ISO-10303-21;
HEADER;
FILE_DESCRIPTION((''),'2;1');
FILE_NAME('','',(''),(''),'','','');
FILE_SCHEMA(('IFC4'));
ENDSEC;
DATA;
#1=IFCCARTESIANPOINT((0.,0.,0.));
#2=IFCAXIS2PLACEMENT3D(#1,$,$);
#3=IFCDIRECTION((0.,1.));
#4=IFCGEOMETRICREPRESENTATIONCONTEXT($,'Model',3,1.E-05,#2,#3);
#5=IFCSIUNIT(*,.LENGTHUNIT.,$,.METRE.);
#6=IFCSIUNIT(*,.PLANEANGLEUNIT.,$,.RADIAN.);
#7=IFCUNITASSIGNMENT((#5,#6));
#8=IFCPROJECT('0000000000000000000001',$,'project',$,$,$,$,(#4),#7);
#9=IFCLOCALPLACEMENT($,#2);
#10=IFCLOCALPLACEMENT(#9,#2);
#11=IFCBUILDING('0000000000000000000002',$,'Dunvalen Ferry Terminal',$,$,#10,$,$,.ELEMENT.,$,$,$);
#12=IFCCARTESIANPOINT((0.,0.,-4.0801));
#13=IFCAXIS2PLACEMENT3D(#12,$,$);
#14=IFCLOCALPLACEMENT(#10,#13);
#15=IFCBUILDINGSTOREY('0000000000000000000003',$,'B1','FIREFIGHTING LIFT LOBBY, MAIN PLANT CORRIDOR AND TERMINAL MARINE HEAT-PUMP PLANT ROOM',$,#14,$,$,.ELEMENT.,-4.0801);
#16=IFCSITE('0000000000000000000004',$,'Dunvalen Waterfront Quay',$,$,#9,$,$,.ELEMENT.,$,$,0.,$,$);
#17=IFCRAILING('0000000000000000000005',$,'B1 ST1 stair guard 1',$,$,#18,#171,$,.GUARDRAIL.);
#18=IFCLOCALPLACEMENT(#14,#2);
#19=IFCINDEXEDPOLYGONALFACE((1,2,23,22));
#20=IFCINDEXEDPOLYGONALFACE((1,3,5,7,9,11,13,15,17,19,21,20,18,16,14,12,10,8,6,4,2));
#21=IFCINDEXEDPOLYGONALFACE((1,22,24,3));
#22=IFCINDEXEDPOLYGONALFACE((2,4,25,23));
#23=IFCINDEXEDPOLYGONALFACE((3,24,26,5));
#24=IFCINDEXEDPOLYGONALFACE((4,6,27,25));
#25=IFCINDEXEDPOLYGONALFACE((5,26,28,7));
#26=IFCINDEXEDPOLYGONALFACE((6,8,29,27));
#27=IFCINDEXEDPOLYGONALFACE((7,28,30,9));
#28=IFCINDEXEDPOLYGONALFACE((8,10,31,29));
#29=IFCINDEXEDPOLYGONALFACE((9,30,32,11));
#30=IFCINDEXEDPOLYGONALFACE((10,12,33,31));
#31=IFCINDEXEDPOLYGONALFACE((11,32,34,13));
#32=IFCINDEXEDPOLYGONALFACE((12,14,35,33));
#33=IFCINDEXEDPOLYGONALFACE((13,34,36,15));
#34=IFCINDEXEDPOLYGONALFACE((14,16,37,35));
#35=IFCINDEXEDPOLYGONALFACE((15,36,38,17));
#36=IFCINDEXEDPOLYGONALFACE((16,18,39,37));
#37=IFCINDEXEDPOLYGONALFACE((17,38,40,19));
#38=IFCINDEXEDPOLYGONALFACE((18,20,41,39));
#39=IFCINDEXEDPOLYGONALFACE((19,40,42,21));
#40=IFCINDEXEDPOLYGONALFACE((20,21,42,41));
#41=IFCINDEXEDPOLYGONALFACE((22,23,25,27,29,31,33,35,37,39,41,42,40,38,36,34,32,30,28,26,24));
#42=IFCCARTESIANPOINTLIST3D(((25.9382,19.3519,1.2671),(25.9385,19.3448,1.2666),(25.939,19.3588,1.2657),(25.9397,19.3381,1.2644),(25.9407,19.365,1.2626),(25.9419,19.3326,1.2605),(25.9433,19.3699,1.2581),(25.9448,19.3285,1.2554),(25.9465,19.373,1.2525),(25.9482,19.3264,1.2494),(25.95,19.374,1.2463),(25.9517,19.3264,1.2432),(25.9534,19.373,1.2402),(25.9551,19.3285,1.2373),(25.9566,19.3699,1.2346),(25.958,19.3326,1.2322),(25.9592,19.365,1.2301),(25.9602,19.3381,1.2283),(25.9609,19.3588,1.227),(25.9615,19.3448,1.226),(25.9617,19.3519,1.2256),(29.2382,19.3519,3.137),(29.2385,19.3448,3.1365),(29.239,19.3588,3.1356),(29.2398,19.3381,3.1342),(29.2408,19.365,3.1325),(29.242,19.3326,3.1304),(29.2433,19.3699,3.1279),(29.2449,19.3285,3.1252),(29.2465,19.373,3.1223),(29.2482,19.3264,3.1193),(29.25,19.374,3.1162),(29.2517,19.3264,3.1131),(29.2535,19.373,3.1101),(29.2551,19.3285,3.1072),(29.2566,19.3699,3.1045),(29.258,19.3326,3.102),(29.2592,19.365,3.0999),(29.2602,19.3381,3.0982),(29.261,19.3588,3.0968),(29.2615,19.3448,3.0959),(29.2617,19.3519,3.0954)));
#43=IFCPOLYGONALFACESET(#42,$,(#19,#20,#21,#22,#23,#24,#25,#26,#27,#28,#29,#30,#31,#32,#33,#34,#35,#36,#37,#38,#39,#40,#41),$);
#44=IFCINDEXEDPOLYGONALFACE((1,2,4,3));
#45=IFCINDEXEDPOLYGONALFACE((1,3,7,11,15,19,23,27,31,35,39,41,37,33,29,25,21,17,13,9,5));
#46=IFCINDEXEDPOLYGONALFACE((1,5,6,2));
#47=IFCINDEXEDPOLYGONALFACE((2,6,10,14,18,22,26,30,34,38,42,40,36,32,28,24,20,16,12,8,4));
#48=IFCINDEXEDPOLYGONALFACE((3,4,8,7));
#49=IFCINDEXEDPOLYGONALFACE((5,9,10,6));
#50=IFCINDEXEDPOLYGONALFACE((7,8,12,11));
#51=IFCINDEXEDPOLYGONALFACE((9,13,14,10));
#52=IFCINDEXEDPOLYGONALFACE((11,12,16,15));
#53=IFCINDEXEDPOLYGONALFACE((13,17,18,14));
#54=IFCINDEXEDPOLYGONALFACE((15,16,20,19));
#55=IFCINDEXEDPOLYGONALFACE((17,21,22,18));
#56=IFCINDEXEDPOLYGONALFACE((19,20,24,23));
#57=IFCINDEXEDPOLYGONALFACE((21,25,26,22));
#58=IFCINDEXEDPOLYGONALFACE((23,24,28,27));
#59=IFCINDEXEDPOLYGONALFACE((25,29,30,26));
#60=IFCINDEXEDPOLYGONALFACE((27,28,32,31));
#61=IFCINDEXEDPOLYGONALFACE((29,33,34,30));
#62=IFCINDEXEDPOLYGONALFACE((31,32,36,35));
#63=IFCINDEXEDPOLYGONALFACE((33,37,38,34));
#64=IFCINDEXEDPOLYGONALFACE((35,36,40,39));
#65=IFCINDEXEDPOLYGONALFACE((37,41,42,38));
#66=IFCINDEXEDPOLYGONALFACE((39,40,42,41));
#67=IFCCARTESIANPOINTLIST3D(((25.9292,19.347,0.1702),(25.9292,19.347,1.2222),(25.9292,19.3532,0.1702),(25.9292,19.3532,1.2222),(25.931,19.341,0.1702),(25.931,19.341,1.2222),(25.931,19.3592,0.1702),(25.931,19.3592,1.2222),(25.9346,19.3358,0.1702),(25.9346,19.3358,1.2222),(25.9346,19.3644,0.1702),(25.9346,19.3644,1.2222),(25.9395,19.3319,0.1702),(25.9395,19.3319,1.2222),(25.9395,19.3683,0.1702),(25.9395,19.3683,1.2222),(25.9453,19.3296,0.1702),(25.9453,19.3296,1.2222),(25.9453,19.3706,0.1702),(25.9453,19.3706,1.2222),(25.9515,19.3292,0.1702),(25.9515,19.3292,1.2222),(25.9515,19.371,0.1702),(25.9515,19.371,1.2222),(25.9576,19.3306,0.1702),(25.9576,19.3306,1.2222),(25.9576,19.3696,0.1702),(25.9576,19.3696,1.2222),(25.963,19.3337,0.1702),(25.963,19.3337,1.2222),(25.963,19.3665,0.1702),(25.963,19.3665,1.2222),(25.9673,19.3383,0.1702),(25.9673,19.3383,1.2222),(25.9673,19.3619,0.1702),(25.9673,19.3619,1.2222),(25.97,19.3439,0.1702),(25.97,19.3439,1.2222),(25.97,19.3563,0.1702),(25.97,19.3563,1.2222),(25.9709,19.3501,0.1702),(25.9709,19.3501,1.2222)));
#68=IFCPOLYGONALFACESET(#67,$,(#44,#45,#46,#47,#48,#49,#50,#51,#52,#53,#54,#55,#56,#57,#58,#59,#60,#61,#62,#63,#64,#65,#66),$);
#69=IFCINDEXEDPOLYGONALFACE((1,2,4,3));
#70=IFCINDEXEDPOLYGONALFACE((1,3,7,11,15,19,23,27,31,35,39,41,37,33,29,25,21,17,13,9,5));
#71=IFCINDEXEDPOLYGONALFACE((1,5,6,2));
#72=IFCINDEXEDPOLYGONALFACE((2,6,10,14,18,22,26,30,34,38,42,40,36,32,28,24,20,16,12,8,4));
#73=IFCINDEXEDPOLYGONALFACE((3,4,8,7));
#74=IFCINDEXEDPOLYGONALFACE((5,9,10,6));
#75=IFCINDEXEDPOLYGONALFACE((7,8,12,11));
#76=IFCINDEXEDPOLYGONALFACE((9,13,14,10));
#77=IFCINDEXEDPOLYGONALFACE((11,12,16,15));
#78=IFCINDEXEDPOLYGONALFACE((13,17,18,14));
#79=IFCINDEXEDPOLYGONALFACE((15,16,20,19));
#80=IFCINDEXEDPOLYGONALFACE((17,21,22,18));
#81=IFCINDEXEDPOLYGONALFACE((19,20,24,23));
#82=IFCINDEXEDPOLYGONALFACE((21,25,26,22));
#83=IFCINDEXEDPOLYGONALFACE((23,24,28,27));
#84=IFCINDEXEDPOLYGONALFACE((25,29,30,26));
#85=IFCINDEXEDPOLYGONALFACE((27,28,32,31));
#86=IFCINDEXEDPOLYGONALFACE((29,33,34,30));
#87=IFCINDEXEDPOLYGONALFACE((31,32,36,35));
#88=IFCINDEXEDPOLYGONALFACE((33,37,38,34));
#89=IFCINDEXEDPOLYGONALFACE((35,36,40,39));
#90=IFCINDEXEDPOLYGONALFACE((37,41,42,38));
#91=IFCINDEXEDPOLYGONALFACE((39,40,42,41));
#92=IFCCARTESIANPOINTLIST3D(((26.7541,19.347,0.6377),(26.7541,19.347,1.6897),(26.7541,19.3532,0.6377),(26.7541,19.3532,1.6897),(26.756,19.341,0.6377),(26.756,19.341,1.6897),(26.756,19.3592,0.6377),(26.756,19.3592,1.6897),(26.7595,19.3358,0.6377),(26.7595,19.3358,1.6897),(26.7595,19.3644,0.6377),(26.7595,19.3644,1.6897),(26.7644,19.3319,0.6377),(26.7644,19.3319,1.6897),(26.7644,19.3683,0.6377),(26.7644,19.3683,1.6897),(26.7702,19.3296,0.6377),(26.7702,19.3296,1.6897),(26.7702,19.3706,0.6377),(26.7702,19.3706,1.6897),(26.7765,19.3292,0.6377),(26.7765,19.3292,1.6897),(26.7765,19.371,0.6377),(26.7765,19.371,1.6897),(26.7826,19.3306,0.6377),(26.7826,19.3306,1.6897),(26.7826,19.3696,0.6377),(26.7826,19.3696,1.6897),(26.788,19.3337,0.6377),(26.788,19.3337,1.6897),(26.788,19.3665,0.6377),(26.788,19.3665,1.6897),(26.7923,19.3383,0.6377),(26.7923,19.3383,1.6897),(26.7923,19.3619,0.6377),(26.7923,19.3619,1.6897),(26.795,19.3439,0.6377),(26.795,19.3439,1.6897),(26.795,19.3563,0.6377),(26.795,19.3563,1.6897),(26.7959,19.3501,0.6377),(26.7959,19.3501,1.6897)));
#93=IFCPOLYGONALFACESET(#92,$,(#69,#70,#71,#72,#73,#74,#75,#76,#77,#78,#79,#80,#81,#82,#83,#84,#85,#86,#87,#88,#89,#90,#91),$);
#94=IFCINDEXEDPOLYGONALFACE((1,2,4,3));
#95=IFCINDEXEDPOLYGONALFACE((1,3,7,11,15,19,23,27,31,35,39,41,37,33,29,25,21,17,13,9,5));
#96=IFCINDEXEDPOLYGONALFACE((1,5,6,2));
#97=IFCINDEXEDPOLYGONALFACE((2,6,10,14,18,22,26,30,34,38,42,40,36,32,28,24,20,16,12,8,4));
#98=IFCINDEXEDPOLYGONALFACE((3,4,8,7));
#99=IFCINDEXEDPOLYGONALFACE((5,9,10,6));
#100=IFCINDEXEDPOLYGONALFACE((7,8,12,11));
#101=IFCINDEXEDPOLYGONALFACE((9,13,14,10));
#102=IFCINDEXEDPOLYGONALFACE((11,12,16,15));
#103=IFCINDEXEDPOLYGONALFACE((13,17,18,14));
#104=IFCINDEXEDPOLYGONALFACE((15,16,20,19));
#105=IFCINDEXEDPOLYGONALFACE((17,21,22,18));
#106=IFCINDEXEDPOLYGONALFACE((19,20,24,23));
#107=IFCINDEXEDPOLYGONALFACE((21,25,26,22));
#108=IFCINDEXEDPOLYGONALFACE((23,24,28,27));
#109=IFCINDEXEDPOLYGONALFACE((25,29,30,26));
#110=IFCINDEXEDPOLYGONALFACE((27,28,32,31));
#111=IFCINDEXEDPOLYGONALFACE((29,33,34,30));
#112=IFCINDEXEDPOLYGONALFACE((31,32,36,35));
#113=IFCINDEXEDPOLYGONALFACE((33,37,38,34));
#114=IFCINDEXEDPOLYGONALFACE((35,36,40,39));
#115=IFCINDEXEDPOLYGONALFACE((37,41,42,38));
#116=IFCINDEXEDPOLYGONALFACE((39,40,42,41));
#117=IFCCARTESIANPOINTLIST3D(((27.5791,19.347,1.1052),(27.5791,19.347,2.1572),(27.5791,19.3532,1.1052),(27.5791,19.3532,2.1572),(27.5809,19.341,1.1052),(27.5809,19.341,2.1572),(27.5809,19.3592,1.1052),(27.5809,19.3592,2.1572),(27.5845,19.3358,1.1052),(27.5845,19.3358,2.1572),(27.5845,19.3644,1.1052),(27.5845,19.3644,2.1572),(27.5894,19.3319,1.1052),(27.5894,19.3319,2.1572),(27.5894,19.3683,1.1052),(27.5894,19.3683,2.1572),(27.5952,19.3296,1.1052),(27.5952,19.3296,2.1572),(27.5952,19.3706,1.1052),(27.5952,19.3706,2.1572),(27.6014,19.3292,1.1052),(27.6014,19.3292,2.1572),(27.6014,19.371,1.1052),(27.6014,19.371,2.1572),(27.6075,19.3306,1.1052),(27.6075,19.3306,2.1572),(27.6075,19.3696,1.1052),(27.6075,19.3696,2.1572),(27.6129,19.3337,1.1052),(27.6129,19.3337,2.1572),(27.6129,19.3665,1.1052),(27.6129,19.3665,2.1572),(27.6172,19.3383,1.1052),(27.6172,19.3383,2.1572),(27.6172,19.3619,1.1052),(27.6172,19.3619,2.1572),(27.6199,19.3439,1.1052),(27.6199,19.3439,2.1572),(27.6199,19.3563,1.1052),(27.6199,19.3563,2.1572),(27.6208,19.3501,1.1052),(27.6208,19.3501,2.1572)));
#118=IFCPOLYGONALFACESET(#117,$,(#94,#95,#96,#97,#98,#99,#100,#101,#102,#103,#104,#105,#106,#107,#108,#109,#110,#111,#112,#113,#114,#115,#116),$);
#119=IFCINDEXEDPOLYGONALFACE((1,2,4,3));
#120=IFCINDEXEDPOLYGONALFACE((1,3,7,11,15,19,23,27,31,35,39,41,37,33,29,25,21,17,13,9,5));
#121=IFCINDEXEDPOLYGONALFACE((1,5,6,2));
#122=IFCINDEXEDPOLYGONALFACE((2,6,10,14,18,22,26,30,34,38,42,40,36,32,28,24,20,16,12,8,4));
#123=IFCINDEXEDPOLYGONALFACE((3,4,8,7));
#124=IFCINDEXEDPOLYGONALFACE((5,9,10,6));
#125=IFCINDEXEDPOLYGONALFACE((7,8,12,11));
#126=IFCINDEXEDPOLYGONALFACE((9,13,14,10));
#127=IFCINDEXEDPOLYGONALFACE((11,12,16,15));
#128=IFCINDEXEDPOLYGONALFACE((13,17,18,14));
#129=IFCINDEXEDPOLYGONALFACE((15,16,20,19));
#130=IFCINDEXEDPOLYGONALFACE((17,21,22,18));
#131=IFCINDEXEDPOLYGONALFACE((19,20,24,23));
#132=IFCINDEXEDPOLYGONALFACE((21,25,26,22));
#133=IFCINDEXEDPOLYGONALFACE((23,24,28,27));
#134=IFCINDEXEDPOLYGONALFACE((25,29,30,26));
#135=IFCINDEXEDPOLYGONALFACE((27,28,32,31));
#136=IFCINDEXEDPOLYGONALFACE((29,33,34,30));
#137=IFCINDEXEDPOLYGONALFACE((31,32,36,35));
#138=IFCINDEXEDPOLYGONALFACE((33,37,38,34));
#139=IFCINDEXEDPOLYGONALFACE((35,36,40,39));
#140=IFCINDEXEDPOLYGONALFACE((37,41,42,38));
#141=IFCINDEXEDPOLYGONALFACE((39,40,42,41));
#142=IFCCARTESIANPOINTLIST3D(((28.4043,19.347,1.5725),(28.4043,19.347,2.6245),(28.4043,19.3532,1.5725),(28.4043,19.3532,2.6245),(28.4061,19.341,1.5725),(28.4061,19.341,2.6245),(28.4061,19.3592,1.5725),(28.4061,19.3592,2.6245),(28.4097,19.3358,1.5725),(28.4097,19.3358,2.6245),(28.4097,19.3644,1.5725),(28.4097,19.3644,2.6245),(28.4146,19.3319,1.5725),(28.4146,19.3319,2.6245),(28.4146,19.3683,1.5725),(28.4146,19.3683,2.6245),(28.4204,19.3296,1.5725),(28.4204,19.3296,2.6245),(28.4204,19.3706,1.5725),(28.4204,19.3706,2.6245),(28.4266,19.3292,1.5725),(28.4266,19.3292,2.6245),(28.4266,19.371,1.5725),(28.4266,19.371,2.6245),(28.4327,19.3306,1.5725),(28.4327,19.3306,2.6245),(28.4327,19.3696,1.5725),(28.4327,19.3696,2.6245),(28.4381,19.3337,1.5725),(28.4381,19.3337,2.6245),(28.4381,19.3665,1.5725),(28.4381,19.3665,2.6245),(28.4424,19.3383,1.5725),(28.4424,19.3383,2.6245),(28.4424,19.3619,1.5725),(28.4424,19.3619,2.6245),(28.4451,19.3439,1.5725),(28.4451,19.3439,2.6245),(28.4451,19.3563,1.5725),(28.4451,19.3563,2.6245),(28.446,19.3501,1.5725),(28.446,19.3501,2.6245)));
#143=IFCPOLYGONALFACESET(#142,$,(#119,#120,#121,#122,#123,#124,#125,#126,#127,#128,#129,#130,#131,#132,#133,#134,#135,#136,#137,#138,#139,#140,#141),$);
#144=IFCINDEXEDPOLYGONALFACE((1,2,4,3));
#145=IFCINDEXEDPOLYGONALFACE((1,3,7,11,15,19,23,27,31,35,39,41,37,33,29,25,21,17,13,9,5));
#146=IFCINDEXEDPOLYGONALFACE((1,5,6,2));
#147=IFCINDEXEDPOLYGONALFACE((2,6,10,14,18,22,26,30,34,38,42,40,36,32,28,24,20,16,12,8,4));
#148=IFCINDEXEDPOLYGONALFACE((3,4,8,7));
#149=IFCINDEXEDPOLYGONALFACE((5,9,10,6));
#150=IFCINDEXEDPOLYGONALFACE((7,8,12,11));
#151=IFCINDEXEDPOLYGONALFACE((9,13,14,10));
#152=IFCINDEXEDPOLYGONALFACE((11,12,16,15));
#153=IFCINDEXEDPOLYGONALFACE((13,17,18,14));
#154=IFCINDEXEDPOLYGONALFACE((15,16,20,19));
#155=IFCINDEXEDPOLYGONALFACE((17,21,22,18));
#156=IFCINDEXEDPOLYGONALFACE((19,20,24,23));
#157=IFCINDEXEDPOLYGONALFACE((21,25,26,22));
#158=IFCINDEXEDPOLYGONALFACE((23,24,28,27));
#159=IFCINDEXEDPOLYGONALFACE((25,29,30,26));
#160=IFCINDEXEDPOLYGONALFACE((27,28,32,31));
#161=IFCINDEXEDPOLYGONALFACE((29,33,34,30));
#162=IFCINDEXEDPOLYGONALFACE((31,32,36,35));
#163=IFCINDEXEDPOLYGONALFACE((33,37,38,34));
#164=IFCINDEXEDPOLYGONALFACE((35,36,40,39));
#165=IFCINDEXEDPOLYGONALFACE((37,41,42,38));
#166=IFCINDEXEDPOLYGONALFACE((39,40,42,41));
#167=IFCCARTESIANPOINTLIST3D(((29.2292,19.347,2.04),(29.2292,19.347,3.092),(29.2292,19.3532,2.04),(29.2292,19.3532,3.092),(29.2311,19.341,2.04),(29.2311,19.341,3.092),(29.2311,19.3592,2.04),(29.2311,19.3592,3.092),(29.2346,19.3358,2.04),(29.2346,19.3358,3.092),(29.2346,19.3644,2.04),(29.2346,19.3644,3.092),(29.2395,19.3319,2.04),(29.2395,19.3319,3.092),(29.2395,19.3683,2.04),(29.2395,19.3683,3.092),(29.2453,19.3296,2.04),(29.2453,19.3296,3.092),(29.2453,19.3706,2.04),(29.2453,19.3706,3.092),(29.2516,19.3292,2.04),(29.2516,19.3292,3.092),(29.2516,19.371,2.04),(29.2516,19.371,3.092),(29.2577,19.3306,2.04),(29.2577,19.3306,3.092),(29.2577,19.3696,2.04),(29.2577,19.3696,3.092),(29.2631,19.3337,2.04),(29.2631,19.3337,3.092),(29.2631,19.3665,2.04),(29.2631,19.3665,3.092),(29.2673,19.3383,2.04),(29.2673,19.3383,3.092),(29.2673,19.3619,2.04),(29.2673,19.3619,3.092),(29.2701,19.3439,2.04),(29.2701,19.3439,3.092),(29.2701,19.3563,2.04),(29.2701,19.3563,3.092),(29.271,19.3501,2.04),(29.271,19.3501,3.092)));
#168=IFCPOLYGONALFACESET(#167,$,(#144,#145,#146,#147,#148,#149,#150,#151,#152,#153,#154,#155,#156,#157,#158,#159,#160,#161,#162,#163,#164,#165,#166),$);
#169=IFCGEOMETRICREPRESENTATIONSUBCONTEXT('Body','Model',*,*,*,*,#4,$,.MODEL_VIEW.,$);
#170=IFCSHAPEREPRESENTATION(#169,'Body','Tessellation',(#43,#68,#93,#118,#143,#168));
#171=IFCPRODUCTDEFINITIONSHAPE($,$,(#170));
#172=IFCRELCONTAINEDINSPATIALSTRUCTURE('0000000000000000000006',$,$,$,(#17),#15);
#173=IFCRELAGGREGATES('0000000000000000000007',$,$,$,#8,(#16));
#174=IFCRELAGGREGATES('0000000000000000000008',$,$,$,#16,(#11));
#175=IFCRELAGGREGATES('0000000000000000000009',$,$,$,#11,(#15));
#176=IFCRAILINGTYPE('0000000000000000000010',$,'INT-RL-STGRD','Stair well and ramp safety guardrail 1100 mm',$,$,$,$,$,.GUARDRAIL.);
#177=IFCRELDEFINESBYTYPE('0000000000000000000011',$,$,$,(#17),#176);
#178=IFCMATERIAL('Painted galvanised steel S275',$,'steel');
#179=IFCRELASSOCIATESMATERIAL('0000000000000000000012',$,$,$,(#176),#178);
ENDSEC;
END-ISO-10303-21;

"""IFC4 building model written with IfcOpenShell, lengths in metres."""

from ifc_helpers import new_model, si_unit, direction, frame, origin, origin_2d, place, context, subcontext, project, spatial, circle, extrude, material, type_object, element, save


model = new_model("IFC4")

# Units and contexts
model_context = context("Model", 3, precision=1e-05, world=origin(), true_north=direction((0.0, 1.0)))
body_context = subcontext(model_context, "Body", "Model", "MODEL_VIEW")
ifc_project = project(units=[si_unit("LENGTHUNIT", "METRE"), si_unit("PLANEANGLEUNIT", "RADIAN")], contexts=[model_context])

# Site, building, storey
site_placement = place(None, origin())
site = spatial("IfcSite", under=ifc_project, at=site_placement, Name="Dunvalen Waterfront Quay", CompositionType="ELEMENT", RefElevation=0.0)
building_placement = place(site_placement, origin())
building = spatial("IfcBuilding", under=site, at=building_placement, Name="Dunvalen Ferry Terminal", CompositionType="ELEMENT")
storey_placement = place(building_placement, frame((0.0, 0.0, -4.0801)))
storey = spatial("IfcBuildingStorey", under=building, at=storey_placement, Name="B1", Description="FIREFIGHTING LIFT LOBBY, MAIN PLANT CORRIDOR AND TERMINAL MARINE HEAT-PUMP PLANT ROOM", CompositionType="ELEMENT", Elevation=-4.0801)

# Railing
ifc_material_1 = material(Name="Painted galvanised steel S275", Category="steel")
railing_type_1 = type_object("IfcRailingType", Name="INT-RL-STGRD", Description="Stair well and ramp safety guardrail 1100 mm", PredefinedType="GUARDRAIL", material=ifc_material_1)
railing_1_placement = place(storey_placement, frame((25.95, 19.3501, 0.1702)))
element("IfcRailing", 1, at=railing_1_placement, inside=storey, type_object=railing_type_1, Name="B1 ST1 stair guard 1", PredefinedType="GUARDRAIL", context=body_context, shape_type="SweptSolid", body=[
    extrude(circle(Radius=0.0239, at=origin_2d()), frame((0.0, 0.0, 1.0762), z_axis=(0.87004, 0.0, 0.492982), x_axis=(0.0, 1.0, 0.0)), (0.0, 0.0, 1.0), 3.793),
    extrude(circle(Radius=0.021, at=origin_2d()), origin(), (0.0, 0.0, 1.0), 1.052),
    extrude(circle(Radius=0.021, at=origin_2d()), frame((0.825, 0.0, 0.4675)), (0.0, 0.0, 1.0), 1.052),
    extrude(circle(Radius=0.021, at=origin_2d()), frame((1.6499, 0.0, 0.9351)), (0.0, 0.0, 1.0), 1.052),
    extrude(circle(Radius=0.021, at=origin_2d()), frame((2.4751, 0.0, 1.4023)), (0.0, 0.0, 1.0), 1.052),
    extrude(circle(Radius=0.021, at=origin_2d()), frame((3.3, 0.0, 1.8699)), (0.0, 0.0, 1.0), 1.052),
])

save(model, "model.ifc")
